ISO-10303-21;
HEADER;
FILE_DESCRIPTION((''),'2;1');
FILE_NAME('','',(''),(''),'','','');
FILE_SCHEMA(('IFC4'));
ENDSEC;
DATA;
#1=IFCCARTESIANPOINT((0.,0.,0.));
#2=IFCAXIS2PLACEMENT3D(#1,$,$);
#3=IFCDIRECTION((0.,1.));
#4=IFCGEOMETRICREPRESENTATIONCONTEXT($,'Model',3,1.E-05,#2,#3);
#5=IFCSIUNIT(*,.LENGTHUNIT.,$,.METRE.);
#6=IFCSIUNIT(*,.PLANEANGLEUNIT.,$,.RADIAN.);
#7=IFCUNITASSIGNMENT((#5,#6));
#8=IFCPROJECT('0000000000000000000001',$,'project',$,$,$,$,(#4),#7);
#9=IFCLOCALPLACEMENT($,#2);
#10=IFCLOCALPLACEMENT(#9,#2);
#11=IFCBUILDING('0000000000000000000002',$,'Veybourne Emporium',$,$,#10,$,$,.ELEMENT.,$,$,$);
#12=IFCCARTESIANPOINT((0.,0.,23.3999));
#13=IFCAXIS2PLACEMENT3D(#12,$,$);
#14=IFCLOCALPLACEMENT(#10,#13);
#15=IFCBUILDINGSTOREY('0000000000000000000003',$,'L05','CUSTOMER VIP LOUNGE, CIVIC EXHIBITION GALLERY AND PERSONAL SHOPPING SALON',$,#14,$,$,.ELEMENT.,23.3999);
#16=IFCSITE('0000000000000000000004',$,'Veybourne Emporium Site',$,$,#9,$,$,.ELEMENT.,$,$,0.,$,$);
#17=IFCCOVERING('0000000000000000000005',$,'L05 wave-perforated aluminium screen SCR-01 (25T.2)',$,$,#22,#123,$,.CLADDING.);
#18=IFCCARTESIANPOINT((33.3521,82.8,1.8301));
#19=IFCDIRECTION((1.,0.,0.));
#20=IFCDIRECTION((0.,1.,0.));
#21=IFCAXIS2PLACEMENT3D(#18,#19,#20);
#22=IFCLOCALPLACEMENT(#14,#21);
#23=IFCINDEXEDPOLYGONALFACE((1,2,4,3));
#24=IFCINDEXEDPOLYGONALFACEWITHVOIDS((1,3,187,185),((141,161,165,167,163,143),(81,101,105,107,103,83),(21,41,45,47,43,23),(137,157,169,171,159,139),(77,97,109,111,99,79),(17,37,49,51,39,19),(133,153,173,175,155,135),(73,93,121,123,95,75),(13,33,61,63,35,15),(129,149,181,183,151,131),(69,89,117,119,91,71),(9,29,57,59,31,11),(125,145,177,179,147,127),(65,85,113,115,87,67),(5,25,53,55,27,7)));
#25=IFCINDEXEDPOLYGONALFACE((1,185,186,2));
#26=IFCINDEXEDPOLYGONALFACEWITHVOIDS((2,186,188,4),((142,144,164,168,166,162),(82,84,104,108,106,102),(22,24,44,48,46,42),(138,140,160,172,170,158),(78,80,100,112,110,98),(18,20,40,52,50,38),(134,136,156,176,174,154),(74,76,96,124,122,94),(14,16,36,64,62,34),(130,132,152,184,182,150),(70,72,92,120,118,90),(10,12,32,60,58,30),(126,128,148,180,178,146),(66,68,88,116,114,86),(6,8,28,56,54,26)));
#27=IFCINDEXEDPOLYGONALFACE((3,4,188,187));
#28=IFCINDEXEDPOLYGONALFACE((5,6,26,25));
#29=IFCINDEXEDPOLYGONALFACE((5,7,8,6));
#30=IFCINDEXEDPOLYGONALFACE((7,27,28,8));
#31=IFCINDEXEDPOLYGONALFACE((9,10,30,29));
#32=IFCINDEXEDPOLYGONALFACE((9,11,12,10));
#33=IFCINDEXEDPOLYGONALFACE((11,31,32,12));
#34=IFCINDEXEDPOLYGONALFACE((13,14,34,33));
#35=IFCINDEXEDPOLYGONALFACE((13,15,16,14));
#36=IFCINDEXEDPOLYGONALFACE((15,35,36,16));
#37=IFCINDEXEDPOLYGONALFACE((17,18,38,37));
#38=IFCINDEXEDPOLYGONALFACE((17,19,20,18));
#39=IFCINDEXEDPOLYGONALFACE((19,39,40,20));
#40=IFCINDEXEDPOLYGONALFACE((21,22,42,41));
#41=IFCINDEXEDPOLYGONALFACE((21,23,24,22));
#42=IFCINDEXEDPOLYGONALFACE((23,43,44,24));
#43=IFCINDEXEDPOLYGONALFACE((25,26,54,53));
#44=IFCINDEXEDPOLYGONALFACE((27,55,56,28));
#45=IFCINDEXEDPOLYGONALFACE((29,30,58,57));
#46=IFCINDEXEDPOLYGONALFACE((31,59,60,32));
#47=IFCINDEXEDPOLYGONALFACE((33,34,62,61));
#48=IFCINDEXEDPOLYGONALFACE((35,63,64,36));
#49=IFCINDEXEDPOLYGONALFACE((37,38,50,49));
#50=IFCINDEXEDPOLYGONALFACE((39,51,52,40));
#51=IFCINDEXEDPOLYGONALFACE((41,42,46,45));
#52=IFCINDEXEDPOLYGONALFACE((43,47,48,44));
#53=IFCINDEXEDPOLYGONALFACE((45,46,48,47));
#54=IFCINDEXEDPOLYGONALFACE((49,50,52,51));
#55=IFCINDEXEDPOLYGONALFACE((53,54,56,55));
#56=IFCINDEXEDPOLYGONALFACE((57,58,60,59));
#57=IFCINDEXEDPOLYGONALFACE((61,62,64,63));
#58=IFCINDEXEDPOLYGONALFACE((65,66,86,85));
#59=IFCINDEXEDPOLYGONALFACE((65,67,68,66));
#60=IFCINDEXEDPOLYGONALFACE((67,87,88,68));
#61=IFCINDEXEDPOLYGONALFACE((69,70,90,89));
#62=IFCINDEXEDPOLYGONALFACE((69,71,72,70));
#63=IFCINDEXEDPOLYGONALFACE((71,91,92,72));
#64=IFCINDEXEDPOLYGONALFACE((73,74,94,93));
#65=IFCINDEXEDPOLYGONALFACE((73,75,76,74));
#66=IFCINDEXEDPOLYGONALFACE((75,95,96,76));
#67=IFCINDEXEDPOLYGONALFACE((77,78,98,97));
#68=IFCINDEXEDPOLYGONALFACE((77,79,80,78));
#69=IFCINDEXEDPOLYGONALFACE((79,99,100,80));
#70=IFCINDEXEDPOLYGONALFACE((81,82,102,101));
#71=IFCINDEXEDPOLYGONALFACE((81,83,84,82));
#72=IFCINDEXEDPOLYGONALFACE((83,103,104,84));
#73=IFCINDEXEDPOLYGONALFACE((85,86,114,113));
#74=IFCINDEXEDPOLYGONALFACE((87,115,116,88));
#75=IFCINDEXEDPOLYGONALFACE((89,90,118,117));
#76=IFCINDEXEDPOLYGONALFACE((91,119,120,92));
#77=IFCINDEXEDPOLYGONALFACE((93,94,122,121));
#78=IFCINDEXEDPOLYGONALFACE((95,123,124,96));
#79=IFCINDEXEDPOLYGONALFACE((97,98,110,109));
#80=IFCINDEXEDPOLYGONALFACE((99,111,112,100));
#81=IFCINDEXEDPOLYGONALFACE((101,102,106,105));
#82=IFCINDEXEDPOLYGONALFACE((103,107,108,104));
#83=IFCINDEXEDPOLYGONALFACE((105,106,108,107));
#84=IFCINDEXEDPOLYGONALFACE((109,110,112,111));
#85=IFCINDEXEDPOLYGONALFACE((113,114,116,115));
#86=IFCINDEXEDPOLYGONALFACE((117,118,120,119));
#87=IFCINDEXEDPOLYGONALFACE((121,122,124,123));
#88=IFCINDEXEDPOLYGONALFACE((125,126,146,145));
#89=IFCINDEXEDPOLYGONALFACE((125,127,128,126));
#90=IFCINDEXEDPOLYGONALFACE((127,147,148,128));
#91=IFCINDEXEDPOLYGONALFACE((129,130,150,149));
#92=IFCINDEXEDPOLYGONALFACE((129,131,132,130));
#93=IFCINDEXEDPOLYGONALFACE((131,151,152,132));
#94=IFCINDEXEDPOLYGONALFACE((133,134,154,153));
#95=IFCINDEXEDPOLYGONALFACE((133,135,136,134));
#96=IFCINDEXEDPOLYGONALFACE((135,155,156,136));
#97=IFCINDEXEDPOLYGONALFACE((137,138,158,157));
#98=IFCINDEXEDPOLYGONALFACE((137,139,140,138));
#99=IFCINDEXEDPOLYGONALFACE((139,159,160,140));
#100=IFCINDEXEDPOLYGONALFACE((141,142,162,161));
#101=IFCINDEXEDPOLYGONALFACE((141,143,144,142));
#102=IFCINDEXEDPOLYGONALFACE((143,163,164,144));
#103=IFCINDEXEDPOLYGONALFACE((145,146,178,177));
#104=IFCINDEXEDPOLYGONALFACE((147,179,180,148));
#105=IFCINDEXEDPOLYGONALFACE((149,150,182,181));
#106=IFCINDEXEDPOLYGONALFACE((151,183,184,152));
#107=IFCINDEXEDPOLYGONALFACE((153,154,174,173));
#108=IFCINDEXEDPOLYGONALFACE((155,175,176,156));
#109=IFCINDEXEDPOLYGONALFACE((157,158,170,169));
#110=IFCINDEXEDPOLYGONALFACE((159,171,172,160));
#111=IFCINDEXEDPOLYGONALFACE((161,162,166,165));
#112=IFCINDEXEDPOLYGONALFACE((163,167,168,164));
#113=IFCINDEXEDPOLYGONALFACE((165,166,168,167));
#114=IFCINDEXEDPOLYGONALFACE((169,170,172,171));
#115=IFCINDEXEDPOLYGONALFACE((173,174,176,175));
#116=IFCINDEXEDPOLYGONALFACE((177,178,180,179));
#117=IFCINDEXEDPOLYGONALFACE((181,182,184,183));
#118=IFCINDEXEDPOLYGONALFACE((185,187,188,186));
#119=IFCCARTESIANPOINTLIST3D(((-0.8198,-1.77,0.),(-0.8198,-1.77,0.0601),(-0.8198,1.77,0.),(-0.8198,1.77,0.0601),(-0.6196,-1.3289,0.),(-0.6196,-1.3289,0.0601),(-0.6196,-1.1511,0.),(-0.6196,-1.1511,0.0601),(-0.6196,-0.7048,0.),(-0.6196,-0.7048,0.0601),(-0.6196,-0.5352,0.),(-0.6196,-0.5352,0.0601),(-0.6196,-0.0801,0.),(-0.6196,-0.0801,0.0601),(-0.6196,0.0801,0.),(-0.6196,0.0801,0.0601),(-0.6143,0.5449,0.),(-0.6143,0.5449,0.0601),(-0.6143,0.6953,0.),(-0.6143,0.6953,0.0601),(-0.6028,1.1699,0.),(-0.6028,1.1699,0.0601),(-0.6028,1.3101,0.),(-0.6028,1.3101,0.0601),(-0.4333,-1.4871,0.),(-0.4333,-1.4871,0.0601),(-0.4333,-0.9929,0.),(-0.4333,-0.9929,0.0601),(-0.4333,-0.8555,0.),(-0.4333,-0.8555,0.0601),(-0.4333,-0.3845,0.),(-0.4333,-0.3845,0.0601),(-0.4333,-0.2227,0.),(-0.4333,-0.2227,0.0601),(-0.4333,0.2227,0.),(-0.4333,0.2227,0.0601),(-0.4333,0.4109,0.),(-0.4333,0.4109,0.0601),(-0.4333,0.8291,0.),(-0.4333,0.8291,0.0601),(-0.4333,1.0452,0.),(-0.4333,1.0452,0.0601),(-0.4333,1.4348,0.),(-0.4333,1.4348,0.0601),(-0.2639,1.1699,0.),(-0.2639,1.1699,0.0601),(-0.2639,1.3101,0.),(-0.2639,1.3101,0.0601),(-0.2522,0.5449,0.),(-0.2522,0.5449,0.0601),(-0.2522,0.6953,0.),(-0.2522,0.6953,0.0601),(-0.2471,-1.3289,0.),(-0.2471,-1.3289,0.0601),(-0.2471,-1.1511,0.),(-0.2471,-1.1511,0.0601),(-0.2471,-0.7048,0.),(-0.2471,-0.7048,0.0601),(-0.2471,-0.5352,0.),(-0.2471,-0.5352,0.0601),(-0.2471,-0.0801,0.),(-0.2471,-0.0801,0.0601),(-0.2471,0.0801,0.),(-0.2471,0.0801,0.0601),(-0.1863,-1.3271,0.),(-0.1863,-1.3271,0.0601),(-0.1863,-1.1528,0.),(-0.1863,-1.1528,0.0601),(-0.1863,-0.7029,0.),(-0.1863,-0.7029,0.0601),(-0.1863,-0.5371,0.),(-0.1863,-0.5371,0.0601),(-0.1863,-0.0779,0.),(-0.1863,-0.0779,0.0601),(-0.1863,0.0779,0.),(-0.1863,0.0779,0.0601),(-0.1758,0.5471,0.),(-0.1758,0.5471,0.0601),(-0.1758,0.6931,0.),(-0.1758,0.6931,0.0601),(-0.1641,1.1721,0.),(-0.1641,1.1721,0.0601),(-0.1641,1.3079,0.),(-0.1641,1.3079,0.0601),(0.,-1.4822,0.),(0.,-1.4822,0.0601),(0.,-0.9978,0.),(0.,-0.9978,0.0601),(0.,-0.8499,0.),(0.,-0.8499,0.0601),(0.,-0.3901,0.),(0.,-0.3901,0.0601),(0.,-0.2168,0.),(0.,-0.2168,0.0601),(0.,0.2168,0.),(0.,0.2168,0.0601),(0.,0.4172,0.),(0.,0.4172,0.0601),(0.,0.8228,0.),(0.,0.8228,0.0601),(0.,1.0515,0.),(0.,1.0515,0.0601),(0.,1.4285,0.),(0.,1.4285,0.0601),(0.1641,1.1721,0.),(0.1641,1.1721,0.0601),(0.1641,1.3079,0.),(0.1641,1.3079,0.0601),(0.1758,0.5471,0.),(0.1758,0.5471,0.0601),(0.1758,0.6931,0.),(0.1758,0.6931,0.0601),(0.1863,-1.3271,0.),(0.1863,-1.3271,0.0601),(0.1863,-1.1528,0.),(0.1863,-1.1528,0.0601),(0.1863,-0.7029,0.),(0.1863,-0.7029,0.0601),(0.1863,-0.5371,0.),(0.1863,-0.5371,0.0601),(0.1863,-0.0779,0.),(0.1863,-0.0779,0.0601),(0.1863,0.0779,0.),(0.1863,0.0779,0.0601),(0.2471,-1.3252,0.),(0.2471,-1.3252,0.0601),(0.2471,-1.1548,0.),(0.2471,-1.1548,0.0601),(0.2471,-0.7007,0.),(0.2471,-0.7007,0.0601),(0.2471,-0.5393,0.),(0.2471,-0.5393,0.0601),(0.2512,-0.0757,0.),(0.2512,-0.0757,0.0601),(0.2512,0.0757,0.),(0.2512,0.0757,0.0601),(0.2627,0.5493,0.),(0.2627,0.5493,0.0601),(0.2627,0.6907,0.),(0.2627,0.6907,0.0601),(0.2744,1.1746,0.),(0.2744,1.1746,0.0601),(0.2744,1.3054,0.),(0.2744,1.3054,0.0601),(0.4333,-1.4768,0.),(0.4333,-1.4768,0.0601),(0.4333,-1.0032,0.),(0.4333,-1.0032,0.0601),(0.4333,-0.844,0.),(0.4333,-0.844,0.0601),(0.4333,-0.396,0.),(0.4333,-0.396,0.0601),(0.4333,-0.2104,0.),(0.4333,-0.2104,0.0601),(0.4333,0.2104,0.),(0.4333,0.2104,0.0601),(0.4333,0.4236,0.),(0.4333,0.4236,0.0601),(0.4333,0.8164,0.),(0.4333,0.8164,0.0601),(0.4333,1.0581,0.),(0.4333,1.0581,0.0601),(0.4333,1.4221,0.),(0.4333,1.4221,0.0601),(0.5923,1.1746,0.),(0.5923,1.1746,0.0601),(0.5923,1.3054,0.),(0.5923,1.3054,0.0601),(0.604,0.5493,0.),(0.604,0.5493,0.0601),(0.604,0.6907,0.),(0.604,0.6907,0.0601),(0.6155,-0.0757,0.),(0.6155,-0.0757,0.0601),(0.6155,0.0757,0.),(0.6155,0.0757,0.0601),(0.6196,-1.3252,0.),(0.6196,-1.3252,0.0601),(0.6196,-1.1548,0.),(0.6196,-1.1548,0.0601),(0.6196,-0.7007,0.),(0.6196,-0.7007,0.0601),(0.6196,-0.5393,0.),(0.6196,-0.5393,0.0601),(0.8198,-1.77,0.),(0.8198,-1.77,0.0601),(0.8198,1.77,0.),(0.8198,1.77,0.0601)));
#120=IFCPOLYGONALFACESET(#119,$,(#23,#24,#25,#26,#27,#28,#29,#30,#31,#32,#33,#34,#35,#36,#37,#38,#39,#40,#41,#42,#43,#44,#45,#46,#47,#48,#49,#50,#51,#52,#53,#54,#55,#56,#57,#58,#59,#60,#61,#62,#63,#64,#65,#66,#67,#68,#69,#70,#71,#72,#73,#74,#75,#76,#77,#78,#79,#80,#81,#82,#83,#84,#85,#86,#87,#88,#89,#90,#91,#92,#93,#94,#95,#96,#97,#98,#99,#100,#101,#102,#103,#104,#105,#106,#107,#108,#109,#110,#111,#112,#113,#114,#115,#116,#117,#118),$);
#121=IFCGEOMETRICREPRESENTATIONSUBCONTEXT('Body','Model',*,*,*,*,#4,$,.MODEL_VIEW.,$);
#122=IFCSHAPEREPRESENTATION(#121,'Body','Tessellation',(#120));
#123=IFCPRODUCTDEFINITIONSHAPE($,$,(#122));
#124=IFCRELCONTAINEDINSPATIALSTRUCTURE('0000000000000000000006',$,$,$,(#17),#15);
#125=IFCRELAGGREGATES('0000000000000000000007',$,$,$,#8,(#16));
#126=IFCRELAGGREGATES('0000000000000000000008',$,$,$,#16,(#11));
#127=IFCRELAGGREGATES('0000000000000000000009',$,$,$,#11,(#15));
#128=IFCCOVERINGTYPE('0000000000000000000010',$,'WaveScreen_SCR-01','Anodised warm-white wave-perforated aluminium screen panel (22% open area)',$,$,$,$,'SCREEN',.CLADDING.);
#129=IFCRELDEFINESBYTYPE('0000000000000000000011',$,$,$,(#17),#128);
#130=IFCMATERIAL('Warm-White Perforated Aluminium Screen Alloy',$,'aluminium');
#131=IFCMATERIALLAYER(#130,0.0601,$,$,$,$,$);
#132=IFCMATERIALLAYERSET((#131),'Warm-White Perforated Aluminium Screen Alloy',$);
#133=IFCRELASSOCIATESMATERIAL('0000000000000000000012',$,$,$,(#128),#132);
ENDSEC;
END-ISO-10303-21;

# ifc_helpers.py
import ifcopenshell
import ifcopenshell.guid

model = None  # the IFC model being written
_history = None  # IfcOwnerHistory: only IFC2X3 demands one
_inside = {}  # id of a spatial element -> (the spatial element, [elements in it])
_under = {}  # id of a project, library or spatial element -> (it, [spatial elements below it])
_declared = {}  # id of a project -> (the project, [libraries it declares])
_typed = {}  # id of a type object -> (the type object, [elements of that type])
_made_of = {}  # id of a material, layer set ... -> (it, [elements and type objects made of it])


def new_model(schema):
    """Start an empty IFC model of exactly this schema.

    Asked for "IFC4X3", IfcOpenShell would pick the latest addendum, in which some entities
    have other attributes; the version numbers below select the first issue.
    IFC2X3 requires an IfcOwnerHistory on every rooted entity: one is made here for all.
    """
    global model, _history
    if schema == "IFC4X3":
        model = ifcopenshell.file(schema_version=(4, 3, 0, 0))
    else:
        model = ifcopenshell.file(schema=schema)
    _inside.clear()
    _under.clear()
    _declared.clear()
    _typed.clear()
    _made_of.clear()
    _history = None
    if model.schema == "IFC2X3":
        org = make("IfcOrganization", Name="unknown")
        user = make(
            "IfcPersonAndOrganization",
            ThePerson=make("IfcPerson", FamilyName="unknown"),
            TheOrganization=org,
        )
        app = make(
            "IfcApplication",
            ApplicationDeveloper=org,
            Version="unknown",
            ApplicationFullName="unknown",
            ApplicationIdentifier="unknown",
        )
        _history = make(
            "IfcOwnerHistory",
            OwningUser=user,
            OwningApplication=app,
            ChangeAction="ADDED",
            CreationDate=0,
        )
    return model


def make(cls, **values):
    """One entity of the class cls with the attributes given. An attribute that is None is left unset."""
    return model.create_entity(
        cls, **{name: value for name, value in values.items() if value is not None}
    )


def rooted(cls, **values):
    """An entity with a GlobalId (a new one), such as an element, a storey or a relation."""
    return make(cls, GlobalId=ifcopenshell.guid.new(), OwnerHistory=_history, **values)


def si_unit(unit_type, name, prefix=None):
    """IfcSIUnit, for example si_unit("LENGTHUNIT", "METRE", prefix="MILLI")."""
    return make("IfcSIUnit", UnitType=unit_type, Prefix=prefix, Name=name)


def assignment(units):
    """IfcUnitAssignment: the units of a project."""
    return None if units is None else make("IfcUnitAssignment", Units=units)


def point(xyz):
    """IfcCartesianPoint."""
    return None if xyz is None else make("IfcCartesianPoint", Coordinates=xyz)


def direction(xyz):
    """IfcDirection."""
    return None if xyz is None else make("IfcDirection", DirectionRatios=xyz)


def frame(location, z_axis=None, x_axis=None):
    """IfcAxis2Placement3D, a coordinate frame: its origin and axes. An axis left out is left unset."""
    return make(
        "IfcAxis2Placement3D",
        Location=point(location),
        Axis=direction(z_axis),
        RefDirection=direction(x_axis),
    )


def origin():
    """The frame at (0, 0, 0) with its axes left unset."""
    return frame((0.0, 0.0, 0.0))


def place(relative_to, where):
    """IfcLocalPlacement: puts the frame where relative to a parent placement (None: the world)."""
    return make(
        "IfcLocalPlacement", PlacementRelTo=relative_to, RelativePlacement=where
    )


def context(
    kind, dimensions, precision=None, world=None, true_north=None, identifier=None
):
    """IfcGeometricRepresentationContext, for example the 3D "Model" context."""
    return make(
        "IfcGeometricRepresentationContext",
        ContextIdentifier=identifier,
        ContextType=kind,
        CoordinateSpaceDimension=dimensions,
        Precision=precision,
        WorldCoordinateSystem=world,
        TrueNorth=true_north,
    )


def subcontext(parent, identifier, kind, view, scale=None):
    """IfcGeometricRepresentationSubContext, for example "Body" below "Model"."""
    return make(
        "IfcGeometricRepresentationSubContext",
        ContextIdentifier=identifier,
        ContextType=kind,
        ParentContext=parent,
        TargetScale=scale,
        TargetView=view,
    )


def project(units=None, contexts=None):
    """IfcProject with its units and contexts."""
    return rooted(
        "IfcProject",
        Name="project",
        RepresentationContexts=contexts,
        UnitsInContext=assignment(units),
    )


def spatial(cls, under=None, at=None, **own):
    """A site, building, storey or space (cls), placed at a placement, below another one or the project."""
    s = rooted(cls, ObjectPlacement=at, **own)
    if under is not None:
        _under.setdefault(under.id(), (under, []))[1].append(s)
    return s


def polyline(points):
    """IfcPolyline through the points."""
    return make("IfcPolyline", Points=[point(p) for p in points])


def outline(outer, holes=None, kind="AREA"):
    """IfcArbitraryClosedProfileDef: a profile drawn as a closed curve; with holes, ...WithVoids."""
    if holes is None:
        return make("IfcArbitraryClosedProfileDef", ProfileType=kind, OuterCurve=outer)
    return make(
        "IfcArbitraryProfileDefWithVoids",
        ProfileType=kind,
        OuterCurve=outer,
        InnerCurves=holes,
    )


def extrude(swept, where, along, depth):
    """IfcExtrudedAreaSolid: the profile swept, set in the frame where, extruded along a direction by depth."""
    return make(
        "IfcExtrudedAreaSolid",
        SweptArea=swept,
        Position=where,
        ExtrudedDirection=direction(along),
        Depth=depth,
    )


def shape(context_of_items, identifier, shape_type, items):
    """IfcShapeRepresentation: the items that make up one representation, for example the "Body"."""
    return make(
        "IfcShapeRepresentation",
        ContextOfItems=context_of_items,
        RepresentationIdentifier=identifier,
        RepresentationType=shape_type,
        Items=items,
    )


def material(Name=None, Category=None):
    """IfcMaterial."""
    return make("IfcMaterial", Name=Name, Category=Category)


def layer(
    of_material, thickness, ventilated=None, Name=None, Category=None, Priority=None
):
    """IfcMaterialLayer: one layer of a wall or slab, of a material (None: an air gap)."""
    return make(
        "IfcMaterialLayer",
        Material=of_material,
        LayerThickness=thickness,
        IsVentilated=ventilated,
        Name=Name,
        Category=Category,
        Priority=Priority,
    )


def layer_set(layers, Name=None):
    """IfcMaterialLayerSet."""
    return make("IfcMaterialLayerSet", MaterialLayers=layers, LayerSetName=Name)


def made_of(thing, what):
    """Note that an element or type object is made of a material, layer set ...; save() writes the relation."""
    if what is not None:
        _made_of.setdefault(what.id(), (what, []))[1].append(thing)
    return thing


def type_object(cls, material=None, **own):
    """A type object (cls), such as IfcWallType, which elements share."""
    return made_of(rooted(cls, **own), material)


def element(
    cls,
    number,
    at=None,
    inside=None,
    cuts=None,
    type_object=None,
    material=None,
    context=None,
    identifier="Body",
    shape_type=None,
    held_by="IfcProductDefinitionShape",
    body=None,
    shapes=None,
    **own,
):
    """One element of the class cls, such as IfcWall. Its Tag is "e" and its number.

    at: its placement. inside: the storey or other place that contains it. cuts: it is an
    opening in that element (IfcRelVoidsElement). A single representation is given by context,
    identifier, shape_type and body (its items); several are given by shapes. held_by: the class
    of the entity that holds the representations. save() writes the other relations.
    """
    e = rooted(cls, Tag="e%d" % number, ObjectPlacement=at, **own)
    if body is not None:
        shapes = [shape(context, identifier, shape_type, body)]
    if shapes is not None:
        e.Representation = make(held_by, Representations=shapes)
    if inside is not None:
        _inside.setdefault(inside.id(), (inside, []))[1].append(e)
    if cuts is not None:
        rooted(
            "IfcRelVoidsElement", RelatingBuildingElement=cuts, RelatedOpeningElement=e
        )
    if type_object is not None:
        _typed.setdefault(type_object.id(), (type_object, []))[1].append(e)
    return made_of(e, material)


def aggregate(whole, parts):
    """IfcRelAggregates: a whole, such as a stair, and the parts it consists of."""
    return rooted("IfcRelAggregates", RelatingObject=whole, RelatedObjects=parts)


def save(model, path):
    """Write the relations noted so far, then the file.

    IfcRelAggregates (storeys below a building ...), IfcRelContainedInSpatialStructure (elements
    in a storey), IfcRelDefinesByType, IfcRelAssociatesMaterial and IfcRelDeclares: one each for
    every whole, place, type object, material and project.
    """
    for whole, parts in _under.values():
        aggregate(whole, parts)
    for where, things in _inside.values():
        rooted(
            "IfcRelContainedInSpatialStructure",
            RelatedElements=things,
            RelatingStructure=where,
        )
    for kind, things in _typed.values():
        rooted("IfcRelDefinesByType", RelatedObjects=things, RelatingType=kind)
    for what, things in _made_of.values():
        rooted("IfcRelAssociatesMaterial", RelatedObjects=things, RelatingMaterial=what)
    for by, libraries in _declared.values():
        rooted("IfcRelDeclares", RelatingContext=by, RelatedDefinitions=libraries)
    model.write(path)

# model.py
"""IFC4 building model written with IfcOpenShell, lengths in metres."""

from ifc_helpers import new_model, si_unit, direction, frame, origin, place, context, subcontext, project, spatial, polyline, outline, extrude, material, layer, layer_set, type_object, element, save


model = new_model("IFC4")

# Units and contexts
model_context = context("Model", 3, precision=1e-05, world=origin(), true_north=direction((0.0, 1.0)))
body_context = subcontext(model_context, "Body", "Model", "MODEL_VIEW")
ifc_project = project(units=[si_unit("LENGTHUNIT", "METRE"), si_unit("PLANEANGLEUNIT", "RADIAN")], contexts=[model_context])

# Site, building, storey
site_placement = place(None, origin())
site = spatial("IfcSite", under=ifc_project, at=site_placement, Name="Veybourne Emporium Site", CompositionType="ELEMENT", RefElevation=0.0)
building_placement = place(site_placement, origin())
building = spatial("IfcBuilding", under=site, at=building_placement, Name="Veybourne Emporium", CompositionType="ELEMENT")
storey_placement = place(building_placement, frame((0.0, 0.0, 23.3999)))
storey = spatial("IfcBuildingStorey", under=building, at=storey_placement, Name="L05", Description="CUSTOMER VIP LOUNGE, CIVIC EXHIBITION GALLERY AND PERSONAL SHOPPING SALON", CompositionType="ELEMENT", Elevation=23.3999)

# Covering
ifc_material_1 = material(Name="Warm-White Perforated Aluminium Screen Alloy", Category="aluminium")
ifc_layer_1 = layer(ifc_material_1, 0.0601)
ifc_layer_set_1 = layer_set([ifc_layer_1], Name="Warm-White Perforated Aluminium Screen Alloy")
covering_type_1 = type_object("IfcCoveringType", Name="WaveScreen_SCR-01", Description="Anodised warm-white wave-perforated aluminium screen panel (22% open area)", ElementType="SCREEN", PredefinedType="CLADDING", material=ifc_layer_set_1)
covering_1_placement = place(storey_placement, frame((33.3521, 82.8, 1.8301), z_axis=(1.0, 0.0, 0.0), x_axis=(0.0, 1.0, 0.0)))
element("IfcCovering", 1, at=covering_1_placement, inside=storey, type_object=covering_type_1, Name="L05 wave-perforated aluminium screen SCR-01 (25T.2)", PredefinedType="CLADDING", context=body_context, shape_type="SweptSolid", body=[
    extrude(outline(polyline([(-0.8198, -1.77), (0.8198, -1.77), (0.8198, 1.77), (-0.8198, 1.77), (-0.8198, -1.77)]), holes=[polyline([(-0.4333, -0.9929), (-0.2471, -1.1511), (-0.2471, -1.3289), (-0.4333, -1.4871), (-0.6196, -1.3289), (-0.6196, -1.1511), (-0.4333, -0.9929)]), polyline([(-0.4333, -0.3845), (-0.2471, -0.5352), (-0.2471, -0.7048), (-0.4333, -0.8555), (-0.6196, -0.7048), (-0.6196, -0.5352), (-0.4333, -0.3845)]), polyline([(-0.4333, 0.2227), (-0.2471, 0.0801), (-0.2471, -0.0801), (-0.4333, -0.2227), (-0.6196, -0.0801), (-0.6196, 0.0801), (-0.4333, 0.2227)]), polyline([(-0.4333, 0.8291), (-0.2522, 0.6953), (-0.2522, 0.5449), (-0.4333, 0.4109), (-0.6143, 0.5449), (-0.6143, 0.6953), (-0.4333, 0.8291)]), polyline([(-0.4333, 1.4348), (-0.2639, 1.3101), (-0.2639, 1.1699), (-0.4333, 1.0452), (-0.6028, 1.1699), (-0.6028, 1.3101), (-0.4333, 1.4348)]), polyline([(0.0, -0.9978), (0.1863, -1.1528), (0.1863, -1.3271), (0.0, -1.4822), (-0.1863, -1.3271), (-0.1863, -1.1528), (0.0, -0.9978)]), polyline([(0.0, -0.3901), (0.1863, -0.5371), (0.1863, -0.7029), (0.0, -0.8499), (-0.1863, -0.7029), (-0.1863, -0.5371), (0.0, -0.3901)]), polyline([(0.0, 0.2168), (0.1863, 0.0779), (0.1863, -0.0779), (0.0, -0.2168), (-0.1863, -0.0779), (-0.1863, 0.0779), (0.0, 0.2168)]), polyline([(0.0, 0.8228), (0.1758, 0.6931), (0.1758, 0.5471), (0.0, 0.4172), (-0.1758, 0.5471), (-0.1758, 0.6931), (0.0, 0.8228)]), polyline([(0.0, 1.4285), (0.1641, 1.3079), (0.1641, 1.1721), (0.0, 1.0515), (-0.1641, 1.1721), (-0.1641, 1.3079), (0.0, 1.4285)]), polyline([(0.4333, -1.0032), (0.6196, -1.1548), (0.6196, -1.3252), (0.4333, -1.4768), (0.2471, -1.3252), (0.2471, -1.1548), (0.4333, -1.0032)]), polyline([(0.4333, -0.396), (0.6196, -0.5393), (0.6196, -0.7007), (0.4333, -0.844), (0.2471, -0.7007), (0.2471, -0.5393), (0.4333, -0.396)]), polyline([(0.4333, 0.2104), (0.6155, 0.0757), (0.6155, -0.0757), (0.4333, -0.2104), (0.2512, -0.0757), (0.2512, 0.0757), (0.4333, 0.2104)]), polyline([(0.4333, 0.8164), (0.604, 0.6907), (0.604, 0.5493), (0.4333, 0.4236), (0.2627, 0.5493), (0.2627, 0.6907), (0.4333, 0.8164)]), polyline([(0.4333, 1.4221), (0.5923, 1.3054), (0.5923, 1.1746), (0.4333, 1.0581), (0.2744, 1.1746), (0.2744, 1.3054), (0.4333, 1.4221)])]), origin(), (0.0, 0.0, 1.0), 0.0601),
])

save(model, "model.ifc")
